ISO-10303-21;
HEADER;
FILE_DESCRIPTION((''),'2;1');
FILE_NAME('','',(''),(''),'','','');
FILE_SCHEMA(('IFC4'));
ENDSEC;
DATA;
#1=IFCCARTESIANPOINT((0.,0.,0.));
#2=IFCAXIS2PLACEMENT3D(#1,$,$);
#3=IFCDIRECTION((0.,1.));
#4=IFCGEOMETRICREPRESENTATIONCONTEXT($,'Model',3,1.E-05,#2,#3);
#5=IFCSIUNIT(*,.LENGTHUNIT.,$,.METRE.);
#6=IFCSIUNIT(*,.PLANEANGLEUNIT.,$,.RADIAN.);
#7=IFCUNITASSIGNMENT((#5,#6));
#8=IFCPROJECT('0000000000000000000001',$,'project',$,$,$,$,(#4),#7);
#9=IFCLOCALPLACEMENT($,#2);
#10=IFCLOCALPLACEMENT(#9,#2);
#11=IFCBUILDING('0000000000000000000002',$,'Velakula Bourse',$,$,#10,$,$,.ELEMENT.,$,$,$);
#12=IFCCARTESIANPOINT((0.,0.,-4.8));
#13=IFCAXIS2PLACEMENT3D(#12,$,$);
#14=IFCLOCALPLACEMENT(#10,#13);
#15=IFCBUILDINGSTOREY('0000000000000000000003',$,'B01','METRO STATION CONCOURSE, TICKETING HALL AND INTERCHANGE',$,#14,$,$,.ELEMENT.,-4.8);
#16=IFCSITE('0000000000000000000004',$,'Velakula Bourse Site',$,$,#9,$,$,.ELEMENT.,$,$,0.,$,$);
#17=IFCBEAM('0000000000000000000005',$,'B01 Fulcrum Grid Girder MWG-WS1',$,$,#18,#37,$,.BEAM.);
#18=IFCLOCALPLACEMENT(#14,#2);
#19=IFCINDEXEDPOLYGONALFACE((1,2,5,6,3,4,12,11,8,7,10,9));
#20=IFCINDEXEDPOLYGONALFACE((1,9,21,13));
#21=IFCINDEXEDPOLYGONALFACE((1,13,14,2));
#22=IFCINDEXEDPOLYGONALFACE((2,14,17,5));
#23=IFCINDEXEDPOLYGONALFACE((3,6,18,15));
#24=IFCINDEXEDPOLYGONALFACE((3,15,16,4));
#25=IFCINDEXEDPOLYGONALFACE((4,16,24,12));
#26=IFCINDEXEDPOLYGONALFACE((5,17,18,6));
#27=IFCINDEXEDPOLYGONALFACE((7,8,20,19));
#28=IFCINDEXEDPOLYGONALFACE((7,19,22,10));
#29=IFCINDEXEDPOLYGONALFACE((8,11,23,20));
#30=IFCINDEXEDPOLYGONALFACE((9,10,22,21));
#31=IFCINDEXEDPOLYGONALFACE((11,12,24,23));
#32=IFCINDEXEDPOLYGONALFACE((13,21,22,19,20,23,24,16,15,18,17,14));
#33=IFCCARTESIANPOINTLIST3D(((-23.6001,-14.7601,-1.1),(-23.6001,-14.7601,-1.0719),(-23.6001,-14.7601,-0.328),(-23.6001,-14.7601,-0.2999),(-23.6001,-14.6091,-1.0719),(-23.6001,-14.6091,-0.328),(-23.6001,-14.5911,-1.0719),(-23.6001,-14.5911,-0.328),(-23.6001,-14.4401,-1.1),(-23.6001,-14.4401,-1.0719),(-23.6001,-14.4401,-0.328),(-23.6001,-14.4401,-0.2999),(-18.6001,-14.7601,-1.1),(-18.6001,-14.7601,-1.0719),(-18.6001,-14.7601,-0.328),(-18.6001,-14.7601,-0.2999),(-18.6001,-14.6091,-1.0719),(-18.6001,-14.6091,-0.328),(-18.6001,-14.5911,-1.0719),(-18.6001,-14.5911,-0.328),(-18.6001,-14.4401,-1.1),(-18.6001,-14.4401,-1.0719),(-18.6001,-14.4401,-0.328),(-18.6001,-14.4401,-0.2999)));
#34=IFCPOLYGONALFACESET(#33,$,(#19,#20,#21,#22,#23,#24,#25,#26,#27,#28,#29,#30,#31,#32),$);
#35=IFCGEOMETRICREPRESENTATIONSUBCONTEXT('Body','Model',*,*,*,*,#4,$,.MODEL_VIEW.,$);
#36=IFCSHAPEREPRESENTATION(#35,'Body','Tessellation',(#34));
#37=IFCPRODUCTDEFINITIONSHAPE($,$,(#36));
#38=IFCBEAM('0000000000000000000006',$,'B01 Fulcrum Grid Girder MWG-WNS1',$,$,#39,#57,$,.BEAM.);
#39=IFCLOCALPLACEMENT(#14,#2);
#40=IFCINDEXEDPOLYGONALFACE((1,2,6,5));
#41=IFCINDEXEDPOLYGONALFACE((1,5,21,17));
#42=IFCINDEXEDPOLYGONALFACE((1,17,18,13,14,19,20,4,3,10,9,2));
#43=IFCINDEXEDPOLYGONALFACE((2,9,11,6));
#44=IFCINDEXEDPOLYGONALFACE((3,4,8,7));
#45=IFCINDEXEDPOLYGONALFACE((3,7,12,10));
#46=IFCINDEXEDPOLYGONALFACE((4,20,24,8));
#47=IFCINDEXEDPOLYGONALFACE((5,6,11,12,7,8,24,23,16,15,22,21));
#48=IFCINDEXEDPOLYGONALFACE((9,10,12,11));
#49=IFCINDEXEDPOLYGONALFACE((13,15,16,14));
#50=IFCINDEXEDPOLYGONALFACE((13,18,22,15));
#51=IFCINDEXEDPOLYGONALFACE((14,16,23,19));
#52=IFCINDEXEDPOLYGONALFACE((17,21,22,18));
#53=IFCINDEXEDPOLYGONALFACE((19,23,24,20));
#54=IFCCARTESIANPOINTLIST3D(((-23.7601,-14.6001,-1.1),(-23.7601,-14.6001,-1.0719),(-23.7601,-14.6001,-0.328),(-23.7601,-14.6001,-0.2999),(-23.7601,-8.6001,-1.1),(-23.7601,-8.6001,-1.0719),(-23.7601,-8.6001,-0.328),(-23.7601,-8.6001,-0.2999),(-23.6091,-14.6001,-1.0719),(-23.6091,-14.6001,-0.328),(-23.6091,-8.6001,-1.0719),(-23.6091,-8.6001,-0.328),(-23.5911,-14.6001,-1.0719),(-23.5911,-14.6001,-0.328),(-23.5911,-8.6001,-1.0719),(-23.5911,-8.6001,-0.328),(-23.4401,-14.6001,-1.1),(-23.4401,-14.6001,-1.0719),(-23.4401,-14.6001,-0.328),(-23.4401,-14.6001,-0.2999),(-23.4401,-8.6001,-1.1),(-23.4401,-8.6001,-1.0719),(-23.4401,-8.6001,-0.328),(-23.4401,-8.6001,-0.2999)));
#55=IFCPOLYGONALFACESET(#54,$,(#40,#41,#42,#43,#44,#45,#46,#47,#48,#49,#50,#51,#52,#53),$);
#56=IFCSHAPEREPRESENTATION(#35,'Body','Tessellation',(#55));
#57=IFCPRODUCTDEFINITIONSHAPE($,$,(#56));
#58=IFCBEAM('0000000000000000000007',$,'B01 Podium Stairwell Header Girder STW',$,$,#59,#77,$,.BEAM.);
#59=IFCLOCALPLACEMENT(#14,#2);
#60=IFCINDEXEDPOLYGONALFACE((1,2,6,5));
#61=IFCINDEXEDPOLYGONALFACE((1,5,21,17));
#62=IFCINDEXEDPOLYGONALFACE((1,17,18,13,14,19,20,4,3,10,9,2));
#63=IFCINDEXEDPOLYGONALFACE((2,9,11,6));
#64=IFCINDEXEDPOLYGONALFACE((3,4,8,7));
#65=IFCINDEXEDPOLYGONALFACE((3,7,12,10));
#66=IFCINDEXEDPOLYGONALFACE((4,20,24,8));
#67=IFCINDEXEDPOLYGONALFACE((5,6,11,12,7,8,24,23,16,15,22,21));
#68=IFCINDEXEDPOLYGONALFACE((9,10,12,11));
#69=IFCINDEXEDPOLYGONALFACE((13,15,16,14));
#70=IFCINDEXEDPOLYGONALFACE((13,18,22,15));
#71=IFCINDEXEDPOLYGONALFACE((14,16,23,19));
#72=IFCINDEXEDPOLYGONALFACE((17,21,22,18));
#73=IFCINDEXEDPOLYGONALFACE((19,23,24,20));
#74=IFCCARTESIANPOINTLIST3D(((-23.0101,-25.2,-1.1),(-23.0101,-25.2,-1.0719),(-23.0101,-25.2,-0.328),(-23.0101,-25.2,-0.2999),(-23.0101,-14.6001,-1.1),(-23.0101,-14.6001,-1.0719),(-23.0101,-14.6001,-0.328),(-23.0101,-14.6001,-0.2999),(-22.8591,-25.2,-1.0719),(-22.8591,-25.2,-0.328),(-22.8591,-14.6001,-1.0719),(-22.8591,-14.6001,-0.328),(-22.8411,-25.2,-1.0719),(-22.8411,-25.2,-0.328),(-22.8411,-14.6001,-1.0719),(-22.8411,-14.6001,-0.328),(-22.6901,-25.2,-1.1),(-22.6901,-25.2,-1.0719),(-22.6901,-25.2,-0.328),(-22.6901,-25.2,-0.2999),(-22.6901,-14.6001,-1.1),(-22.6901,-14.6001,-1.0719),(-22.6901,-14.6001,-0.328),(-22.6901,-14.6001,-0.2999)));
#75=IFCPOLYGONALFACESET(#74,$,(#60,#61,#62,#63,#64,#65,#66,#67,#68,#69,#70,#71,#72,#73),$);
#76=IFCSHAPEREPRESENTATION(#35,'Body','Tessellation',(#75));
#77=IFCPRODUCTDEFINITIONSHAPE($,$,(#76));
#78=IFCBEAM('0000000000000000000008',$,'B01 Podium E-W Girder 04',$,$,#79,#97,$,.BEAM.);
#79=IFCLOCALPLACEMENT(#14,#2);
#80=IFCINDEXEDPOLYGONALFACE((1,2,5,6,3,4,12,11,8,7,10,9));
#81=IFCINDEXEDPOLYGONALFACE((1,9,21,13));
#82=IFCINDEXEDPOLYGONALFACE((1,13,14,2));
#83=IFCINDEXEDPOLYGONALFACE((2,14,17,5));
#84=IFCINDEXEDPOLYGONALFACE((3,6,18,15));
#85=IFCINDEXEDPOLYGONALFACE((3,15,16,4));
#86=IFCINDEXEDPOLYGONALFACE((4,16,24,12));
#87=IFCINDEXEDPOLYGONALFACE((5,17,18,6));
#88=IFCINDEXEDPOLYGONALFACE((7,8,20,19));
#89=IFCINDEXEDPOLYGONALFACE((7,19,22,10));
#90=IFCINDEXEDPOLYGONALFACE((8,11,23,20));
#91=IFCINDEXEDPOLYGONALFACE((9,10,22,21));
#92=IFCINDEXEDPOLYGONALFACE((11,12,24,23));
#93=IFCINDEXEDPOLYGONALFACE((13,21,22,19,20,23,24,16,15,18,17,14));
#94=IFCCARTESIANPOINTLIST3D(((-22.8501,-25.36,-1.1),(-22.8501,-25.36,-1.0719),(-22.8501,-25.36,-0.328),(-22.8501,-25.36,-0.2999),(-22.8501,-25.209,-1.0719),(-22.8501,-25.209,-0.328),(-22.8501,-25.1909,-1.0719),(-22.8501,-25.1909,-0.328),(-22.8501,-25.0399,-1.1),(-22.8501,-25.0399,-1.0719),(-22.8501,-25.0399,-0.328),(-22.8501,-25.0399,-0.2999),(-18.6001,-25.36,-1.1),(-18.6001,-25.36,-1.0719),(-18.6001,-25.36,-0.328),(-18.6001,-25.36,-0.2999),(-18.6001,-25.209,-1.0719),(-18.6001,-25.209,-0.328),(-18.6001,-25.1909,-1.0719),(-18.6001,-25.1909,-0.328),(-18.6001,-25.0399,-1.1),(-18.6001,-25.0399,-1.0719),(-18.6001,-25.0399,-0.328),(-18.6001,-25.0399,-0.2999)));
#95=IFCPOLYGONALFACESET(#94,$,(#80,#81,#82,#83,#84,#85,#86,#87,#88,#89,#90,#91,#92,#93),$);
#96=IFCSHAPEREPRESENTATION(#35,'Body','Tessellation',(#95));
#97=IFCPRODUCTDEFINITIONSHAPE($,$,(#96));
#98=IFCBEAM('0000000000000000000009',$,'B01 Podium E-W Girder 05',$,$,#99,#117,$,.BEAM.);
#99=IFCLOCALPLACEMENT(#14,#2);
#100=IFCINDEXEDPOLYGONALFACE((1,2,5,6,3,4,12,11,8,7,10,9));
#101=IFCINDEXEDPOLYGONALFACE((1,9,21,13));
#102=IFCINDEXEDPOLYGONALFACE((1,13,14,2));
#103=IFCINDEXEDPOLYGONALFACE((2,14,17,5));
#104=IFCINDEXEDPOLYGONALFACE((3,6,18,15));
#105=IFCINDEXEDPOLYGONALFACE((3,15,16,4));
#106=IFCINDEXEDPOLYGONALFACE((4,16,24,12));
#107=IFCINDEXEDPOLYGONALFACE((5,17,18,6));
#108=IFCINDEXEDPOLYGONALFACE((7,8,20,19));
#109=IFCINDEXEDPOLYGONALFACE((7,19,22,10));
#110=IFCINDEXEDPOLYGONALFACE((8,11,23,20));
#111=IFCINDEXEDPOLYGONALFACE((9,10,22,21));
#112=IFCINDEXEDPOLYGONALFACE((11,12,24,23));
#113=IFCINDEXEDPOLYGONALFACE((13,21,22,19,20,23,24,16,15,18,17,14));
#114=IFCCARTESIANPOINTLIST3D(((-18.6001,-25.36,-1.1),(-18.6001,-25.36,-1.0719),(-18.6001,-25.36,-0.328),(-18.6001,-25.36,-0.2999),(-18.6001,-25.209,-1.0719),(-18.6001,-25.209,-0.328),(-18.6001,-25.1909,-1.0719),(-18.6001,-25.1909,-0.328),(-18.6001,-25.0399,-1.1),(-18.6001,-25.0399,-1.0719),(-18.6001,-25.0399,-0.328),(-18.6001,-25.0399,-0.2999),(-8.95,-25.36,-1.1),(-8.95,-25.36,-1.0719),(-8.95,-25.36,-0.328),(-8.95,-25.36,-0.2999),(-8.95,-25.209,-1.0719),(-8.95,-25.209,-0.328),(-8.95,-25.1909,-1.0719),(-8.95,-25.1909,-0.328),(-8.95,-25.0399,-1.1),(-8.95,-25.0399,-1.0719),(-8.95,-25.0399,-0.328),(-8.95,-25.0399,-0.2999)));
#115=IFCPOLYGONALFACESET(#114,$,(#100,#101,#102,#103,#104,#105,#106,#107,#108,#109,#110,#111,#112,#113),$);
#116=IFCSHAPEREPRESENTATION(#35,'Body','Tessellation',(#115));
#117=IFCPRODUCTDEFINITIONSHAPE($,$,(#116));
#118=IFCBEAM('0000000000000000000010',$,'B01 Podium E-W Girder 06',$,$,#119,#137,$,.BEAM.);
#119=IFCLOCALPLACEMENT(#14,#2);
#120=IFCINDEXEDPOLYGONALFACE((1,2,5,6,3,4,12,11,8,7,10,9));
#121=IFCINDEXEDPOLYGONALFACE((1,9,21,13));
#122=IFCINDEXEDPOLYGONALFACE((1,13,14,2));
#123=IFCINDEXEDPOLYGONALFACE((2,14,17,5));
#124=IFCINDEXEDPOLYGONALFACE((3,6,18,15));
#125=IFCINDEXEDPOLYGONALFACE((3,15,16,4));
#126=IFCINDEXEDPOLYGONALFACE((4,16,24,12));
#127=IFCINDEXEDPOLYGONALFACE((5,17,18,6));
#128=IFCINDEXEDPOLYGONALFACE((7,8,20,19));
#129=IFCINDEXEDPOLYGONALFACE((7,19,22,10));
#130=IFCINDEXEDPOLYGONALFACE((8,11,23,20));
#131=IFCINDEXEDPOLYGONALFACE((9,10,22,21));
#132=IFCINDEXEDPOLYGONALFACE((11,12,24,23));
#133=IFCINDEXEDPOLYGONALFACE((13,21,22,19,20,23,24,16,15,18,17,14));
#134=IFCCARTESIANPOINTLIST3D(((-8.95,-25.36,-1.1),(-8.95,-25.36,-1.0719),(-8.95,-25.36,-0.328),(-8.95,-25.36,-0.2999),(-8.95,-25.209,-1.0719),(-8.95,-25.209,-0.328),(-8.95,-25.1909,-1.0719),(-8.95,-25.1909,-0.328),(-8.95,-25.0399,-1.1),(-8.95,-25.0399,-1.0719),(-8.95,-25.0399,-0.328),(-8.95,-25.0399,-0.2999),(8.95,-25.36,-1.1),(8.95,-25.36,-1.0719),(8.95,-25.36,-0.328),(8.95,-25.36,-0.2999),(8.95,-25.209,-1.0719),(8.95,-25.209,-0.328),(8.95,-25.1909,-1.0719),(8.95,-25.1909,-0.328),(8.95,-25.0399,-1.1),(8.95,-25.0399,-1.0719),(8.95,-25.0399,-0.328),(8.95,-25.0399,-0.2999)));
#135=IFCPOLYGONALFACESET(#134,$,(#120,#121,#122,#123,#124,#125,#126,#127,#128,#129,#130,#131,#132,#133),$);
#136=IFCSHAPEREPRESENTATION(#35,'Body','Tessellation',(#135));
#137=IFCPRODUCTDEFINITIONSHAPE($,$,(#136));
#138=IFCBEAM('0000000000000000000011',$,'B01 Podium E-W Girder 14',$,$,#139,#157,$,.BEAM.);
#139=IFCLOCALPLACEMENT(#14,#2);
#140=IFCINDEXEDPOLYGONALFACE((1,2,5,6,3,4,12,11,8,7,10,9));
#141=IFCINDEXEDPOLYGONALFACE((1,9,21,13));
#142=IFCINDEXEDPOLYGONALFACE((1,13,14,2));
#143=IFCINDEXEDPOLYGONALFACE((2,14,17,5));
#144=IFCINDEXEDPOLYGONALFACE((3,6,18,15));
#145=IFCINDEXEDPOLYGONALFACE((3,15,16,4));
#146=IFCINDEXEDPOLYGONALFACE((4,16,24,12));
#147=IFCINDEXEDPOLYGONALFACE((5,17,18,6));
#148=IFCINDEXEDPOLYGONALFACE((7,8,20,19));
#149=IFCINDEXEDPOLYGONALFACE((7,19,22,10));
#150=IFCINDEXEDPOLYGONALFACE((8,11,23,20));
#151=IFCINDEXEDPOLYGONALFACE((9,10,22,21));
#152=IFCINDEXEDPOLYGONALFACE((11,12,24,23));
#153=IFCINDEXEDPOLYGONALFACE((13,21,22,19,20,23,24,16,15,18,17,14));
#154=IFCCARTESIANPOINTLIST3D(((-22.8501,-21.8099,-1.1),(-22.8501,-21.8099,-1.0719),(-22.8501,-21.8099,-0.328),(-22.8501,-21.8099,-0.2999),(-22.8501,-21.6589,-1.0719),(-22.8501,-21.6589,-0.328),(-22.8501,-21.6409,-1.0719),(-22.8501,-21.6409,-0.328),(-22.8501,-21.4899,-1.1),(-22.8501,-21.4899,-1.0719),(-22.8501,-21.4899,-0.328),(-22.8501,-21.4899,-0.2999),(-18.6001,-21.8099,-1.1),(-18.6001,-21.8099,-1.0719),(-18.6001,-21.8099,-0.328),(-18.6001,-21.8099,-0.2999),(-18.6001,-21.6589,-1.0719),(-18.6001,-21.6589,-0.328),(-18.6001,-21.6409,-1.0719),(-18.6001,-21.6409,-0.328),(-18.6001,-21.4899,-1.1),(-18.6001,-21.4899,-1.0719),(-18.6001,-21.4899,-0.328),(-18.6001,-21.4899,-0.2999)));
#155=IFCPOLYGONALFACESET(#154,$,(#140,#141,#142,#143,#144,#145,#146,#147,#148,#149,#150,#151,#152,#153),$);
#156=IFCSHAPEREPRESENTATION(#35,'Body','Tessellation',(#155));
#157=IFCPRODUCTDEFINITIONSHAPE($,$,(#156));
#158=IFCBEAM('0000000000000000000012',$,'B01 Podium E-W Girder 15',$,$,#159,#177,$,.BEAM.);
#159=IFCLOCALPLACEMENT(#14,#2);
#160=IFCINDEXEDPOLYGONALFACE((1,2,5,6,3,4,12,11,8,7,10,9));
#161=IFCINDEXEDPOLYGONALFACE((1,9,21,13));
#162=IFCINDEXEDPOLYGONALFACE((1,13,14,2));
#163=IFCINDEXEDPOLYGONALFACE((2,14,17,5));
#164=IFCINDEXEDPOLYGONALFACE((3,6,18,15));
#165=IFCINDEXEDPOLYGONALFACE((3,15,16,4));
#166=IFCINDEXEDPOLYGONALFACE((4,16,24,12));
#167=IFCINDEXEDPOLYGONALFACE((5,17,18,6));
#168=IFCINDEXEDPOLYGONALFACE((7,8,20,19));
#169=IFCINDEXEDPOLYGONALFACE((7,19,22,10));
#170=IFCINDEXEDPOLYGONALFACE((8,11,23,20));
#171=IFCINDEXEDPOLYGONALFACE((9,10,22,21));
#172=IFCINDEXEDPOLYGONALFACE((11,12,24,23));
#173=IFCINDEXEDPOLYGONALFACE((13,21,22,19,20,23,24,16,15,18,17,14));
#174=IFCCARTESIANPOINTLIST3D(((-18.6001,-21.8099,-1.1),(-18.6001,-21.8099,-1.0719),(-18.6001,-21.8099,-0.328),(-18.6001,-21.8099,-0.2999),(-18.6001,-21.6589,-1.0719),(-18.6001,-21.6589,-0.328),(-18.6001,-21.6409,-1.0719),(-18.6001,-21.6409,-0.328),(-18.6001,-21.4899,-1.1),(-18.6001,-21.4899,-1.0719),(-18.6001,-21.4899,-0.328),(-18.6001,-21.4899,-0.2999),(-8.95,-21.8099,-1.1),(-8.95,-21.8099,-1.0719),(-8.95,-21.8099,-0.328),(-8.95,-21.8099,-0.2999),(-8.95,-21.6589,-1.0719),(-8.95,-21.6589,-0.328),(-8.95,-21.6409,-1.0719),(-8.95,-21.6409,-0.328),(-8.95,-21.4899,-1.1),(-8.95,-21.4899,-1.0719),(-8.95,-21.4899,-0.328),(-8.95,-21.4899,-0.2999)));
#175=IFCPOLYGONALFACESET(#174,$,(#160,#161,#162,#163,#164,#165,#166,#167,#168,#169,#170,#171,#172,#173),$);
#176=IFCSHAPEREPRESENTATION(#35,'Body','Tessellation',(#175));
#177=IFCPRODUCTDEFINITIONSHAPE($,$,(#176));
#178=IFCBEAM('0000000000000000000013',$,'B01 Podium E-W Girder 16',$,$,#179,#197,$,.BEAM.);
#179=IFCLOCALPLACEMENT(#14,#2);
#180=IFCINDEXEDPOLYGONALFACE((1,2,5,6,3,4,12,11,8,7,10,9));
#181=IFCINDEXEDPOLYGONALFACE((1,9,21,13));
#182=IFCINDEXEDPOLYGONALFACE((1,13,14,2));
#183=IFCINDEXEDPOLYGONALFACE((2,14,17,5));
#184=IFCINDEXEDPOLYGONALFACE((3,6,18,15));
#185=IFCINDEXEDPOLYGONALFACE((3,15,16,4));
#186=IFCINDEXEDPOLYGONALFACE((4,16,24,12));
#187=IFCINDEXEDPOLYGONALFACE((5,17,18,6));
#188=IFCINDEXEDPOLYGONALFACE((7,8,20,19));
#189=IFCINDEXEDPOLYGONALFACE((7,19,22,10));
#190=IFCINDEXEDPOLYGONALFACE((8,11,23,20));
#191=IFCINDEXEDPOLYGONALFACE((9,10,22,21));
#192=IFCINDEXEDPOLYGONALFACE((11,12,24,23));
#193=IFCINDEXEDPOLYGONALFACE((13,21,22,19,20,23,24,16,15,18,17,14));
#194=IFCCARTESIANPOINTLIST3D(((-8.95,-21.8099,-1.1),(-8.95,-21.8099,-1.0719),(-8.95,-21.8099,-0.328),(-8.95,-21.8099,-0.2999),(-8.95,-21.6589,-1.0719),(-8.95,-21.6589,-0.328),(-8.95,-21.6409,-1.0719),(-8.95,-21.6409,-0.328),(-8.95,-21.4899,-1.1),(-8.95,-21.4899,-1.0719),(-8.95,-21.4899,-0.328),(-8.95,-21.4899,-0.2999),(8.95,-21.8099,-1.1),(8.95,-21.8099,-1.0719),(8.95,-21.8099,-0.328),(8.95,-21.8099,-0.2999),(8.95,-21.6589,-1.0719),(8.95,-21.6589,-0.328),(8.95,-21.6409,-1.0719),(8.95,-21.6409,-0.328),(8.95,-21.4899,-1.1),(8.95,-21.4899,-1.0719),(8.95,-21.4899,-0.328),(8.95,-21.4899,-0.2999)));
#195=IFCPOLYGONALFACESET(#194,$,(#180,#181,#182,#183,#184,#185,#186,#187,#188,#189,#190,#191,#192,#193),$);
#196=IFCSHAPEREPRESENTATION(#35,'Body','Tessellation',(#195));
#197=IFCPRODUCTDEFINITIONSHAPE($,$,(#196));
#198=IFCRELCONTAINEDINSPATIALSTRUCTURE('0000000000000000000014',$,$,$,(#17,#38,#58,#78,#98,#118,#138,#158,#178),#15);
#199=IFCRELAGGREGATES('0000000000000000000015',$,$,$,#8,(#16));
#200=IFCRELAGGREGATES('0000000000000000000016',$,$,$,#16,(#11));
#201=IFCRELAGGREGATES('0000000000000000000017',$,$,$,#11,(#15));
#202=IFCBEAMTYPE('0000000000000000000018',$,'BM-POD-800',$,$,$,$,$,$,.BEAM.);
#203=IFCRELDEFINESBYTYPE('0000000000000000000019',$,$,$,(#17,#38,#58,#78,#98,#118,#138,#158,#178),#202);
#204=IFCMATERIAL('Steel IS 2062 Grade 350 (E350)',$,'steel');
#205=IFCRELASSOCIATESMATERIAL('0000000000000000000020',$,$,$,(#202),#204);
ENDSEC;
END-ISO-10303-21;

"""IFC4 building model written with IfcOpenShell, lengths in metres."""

from ifc_helpers import new_model, si_unit, direction, frame, origin, origin_2d, place, context, subcontext, project, spatial, i_section, extrude, material, material_profile, profile_set, type_object, element, save


model = new_model("IFC4")

# Units and contexts
model_context = context("Model", 3, precision=1e-05, world=origin(), true_north=direction((0.0, 1.0)))
body_context = subcontext(model_context, "Body", "Model", "MODEL_VIEW")
ifc_project = project(units=[si_unit("LENGTHUNIT", "METRE"), si_unit("PLANEANGLEUNIT", "RADIAN")], contexts=[model_context])

# Site, building, storey
site_placement = place(None, origin())
site = spatial("IfcSite", under=ifc_project, at=site_placement, Name="Velakula Bourse Site", CompositionType="ELEMENT", RefElevation=0.0)
building_placement = place(site_placement, origin())
building = spatial("IfcBuilding", under=site, at=building_placement, Name="Velakula Bourse", CompositionType="ELEMENT")
storey_placement = place(building_placement, frame((0.0, 0.0, -4.8)))
storey = spatial("IfcBuildingStorey", under=building, at=storey_placement, Name="B01", Description="METRO STATION CONCOURSE, TICKETING HALL AND INTERCHANGE", CompositionType="ELEMENT", Elevation=-4.8)

# Beams
ifc_material_1 = material(Name="Steel IS 2062 Grade 350 (E350)", Category="steel")
ifc_material_profile_1 = material_profile(ifc_material_1, i_section(OverallWidth=0.3201, OverallDepth=0.8, WebThickness=0.0181, FlangeThickness=0.0281, at=origin_2d()), Name="Steel IS 2062 Grade 350 (E350)")
ifc_profile_set_1 = profile_set([ifc_material_profile_1], Name="Steel IS 2062 Grade 350 (E350)")
beam_type_1 = type_object("IfcBeamType", Name="BM-POD-800", PredefinedType="BEAM", material=ifc_profile_set_1)
beam_1_placement = place(storey_placement, frame((-23.6001, -14.6001, -0.7), z_axis=(1.0, 0.0, 0.0), x_axis=(0.0, 1.0, 0.0)))
element("IfcBeam", 1, at=beam_1_placement, inside=storey, type_object=beam_type_1, Name="B01 Fulcrum Grid Girder MWG-WS1", PredefinedType="BEAM", context=body_context, shape_type="SweptSolid", body=[
    extrude(i_section(OverallWidth=0.3201, OverallDepth=0.8, WebThickness=0.0181, FlangeThickness=0.0281, at=origin_2d()), origin(), (0.0, 0.0, 1.0), 5.0),
])
beam_2_placement = place(storey_placement, frame((-23.6001, -14.6001, -0.7), z_axis=(0.0, 1.0, 0.0), x_axis=(-1.0, 0.0, 0.0)))
element("IfcBeam", 2, at=beam_2_placement, inside=storey, type_object=beam_type_1, Name="B01 Fulcrum Grid Girder MWG-WNS1", PredefinedType="BEAM", context=body_context, shape_type="SweptSolid", body=[
    extrude(i_section(OverallWidth=0.3201, OverallDepth=0.8, WebThickness=0.0181, FlangeThickness=0.0281, at=origin_2d()), origin(), (0.0, 0.0, 1.0), 6.0),
])
beam_3_placement = place(storey_placement, frame((-22.8501, -25.2, -0.7), z_axis=(0.0, 1.0, 0.0), x_axis=(-1.0, 0.0, 0.0)))
element("IfcBeam", 3, at=beam_3_placement, inside=storey, type_object=beam_type_1, Name="B01 Podium Stairwell Header Girder STW", PredefinedType="BEAM", context=body_context, shape_type="SweptSolid", body=[
    extrude(i_section(OverallWidth=0.3201, OverallDepth=0.8, WebThickness=0.0181, FlangeThickness=0.0281, at=origin_2d()), origin(), (0.0, 0.0, 1.0), 10.5999),
])
beam_4_placement = place(storey_placement, frame((-22.8501, -25.2, -0.7), z_axis=(1.0, 0.0, 0.0), x_axis=(0.0, 1.0, 0.0)))
element("IfcBeam", 4, at=beam_4_placement, inside=storey, type_object=beam_type_1, Name="B01 Podium E-W Girder 04", PredefinedType="BEAM", context=body_context, shape_type="SweptSolid", body=[
    extrude(i_section(OverallWidth=0.3201, OverallDepth=0.8, WebThickness=0.0181, FlangeThickness=0.0281, at=origin_2d()), origin(), (0.0, 0.0, 1.0), 4.25),
])
beam_5_placement = place(storey_placement, frame((-18.6001, -25.2, -0.7), z_axis=(1.0, 0.0, 0.0), x_axis=(0.0, 1.0, 0.0)))
element("IfcBeam", 5, at=beam_5_placement, inside=storey, type_object=beam_type_1, Name="B01 Podium E-W Girder 05", PredefinedType="BEAM", context=body_context, shape_type="SweptSolid", body=[
    extrude(i_section(OverallWidth=0.3201, OverallDepth=0.8, WebThickness=0.0181, FlangeThickness=0.0281, at=origin_2d()), origin(), (0.0, 0.0, 1.0), 9.6501),
])
beam_6_placement = place(storey_placement, frame((-8.95, -25.2, -0.7), z_axis=(1.0, 0.0, 0.0), x_axis=(0.0, 1.0, 0.0)))
element("IfcBeam", 6, at=beam_6_placement, inside=storey, type_object=beam_type_1, Name="B01 Podium E-W Girder 06", PredefinedType="BEAM", context=body_context, shape_type="SweptSolid", body=[
    extrude(i_section(OverallWidth=0.3201, OverallDepth=0.8, WebThickness=0.0181, FlangeThickness=0.0281, at=origin_2d()), origin(), (0.0, 0.0, 1.0), 17.8999),
])
beam_7_placement = place(storey_placement, frame((-22.8501, -21.6499, -0.7), z_axis=(1.0, 0.0, 0.0), x_axis=(0.0, 1.0, 0.0)))
element("IfcBeam", 7, at=beam_7_placement, inside=storey, type_object=beam_type_1, Name="B01 Podium E-W Girder 14", PredefinedType="BEAM", context=body_context, shape_type="SweptSolid", body=[
    extrude(i_section(OverallWidth=0.3201, OverallDepth=0.8, WebThickness=0.0181, FlangeThickness=0.0281, at=origin_2d()), origin(), (0.0, 0.0, 1.0), 4.25),
])
beam_8_placement = place(storey_placement, frame((-18.6001, -21.6499, -0.7), z_axis=(1.0, 0.0, 0.0), x_axis=(0.0, 1.0, 0.0)))
element("IfcBeam", 8, at=beam_8_placement, inside=storey, type_object=beam_type_1, Name="B01 Podium E-W Girder 15", PredefinedType="BEAM", context=body_context, shape_type="SweptSolid", body=[
    extrude(i_section(OverallWidth=0.3201, OverallDepth=0.8, WebThickness=0.0181, FlangeThickness=0.0281, at=origin_2d()), origin(), (0.0, 0.0, 1.0), 9.6501),
])
beam_9_placement = place(storey_placement, frame((-8.95, -21.6499, -0.7), z_axis=(1.0, 0.0, 0.0), x_axis=(0.0, 1.0, 0.0)))
element("IfcBeam", 9, at=beam_9_placement, inside=storey, type_object=beam_type_1, Name="B01 Podium E-W Girder 16", PredefinedType="BEAM", context=body_context, shape_type="SweptSolid", body=[
    extrude(i_section(OverallWidth=0.3201, OverallDepth=0.8, WebThickness=0.0181, FlangeThickness=0.0281, at=origin_2d()), origin(), (0.0, 0.0, 1.0), 17.8999),
])

save(model, "model.ifc")
